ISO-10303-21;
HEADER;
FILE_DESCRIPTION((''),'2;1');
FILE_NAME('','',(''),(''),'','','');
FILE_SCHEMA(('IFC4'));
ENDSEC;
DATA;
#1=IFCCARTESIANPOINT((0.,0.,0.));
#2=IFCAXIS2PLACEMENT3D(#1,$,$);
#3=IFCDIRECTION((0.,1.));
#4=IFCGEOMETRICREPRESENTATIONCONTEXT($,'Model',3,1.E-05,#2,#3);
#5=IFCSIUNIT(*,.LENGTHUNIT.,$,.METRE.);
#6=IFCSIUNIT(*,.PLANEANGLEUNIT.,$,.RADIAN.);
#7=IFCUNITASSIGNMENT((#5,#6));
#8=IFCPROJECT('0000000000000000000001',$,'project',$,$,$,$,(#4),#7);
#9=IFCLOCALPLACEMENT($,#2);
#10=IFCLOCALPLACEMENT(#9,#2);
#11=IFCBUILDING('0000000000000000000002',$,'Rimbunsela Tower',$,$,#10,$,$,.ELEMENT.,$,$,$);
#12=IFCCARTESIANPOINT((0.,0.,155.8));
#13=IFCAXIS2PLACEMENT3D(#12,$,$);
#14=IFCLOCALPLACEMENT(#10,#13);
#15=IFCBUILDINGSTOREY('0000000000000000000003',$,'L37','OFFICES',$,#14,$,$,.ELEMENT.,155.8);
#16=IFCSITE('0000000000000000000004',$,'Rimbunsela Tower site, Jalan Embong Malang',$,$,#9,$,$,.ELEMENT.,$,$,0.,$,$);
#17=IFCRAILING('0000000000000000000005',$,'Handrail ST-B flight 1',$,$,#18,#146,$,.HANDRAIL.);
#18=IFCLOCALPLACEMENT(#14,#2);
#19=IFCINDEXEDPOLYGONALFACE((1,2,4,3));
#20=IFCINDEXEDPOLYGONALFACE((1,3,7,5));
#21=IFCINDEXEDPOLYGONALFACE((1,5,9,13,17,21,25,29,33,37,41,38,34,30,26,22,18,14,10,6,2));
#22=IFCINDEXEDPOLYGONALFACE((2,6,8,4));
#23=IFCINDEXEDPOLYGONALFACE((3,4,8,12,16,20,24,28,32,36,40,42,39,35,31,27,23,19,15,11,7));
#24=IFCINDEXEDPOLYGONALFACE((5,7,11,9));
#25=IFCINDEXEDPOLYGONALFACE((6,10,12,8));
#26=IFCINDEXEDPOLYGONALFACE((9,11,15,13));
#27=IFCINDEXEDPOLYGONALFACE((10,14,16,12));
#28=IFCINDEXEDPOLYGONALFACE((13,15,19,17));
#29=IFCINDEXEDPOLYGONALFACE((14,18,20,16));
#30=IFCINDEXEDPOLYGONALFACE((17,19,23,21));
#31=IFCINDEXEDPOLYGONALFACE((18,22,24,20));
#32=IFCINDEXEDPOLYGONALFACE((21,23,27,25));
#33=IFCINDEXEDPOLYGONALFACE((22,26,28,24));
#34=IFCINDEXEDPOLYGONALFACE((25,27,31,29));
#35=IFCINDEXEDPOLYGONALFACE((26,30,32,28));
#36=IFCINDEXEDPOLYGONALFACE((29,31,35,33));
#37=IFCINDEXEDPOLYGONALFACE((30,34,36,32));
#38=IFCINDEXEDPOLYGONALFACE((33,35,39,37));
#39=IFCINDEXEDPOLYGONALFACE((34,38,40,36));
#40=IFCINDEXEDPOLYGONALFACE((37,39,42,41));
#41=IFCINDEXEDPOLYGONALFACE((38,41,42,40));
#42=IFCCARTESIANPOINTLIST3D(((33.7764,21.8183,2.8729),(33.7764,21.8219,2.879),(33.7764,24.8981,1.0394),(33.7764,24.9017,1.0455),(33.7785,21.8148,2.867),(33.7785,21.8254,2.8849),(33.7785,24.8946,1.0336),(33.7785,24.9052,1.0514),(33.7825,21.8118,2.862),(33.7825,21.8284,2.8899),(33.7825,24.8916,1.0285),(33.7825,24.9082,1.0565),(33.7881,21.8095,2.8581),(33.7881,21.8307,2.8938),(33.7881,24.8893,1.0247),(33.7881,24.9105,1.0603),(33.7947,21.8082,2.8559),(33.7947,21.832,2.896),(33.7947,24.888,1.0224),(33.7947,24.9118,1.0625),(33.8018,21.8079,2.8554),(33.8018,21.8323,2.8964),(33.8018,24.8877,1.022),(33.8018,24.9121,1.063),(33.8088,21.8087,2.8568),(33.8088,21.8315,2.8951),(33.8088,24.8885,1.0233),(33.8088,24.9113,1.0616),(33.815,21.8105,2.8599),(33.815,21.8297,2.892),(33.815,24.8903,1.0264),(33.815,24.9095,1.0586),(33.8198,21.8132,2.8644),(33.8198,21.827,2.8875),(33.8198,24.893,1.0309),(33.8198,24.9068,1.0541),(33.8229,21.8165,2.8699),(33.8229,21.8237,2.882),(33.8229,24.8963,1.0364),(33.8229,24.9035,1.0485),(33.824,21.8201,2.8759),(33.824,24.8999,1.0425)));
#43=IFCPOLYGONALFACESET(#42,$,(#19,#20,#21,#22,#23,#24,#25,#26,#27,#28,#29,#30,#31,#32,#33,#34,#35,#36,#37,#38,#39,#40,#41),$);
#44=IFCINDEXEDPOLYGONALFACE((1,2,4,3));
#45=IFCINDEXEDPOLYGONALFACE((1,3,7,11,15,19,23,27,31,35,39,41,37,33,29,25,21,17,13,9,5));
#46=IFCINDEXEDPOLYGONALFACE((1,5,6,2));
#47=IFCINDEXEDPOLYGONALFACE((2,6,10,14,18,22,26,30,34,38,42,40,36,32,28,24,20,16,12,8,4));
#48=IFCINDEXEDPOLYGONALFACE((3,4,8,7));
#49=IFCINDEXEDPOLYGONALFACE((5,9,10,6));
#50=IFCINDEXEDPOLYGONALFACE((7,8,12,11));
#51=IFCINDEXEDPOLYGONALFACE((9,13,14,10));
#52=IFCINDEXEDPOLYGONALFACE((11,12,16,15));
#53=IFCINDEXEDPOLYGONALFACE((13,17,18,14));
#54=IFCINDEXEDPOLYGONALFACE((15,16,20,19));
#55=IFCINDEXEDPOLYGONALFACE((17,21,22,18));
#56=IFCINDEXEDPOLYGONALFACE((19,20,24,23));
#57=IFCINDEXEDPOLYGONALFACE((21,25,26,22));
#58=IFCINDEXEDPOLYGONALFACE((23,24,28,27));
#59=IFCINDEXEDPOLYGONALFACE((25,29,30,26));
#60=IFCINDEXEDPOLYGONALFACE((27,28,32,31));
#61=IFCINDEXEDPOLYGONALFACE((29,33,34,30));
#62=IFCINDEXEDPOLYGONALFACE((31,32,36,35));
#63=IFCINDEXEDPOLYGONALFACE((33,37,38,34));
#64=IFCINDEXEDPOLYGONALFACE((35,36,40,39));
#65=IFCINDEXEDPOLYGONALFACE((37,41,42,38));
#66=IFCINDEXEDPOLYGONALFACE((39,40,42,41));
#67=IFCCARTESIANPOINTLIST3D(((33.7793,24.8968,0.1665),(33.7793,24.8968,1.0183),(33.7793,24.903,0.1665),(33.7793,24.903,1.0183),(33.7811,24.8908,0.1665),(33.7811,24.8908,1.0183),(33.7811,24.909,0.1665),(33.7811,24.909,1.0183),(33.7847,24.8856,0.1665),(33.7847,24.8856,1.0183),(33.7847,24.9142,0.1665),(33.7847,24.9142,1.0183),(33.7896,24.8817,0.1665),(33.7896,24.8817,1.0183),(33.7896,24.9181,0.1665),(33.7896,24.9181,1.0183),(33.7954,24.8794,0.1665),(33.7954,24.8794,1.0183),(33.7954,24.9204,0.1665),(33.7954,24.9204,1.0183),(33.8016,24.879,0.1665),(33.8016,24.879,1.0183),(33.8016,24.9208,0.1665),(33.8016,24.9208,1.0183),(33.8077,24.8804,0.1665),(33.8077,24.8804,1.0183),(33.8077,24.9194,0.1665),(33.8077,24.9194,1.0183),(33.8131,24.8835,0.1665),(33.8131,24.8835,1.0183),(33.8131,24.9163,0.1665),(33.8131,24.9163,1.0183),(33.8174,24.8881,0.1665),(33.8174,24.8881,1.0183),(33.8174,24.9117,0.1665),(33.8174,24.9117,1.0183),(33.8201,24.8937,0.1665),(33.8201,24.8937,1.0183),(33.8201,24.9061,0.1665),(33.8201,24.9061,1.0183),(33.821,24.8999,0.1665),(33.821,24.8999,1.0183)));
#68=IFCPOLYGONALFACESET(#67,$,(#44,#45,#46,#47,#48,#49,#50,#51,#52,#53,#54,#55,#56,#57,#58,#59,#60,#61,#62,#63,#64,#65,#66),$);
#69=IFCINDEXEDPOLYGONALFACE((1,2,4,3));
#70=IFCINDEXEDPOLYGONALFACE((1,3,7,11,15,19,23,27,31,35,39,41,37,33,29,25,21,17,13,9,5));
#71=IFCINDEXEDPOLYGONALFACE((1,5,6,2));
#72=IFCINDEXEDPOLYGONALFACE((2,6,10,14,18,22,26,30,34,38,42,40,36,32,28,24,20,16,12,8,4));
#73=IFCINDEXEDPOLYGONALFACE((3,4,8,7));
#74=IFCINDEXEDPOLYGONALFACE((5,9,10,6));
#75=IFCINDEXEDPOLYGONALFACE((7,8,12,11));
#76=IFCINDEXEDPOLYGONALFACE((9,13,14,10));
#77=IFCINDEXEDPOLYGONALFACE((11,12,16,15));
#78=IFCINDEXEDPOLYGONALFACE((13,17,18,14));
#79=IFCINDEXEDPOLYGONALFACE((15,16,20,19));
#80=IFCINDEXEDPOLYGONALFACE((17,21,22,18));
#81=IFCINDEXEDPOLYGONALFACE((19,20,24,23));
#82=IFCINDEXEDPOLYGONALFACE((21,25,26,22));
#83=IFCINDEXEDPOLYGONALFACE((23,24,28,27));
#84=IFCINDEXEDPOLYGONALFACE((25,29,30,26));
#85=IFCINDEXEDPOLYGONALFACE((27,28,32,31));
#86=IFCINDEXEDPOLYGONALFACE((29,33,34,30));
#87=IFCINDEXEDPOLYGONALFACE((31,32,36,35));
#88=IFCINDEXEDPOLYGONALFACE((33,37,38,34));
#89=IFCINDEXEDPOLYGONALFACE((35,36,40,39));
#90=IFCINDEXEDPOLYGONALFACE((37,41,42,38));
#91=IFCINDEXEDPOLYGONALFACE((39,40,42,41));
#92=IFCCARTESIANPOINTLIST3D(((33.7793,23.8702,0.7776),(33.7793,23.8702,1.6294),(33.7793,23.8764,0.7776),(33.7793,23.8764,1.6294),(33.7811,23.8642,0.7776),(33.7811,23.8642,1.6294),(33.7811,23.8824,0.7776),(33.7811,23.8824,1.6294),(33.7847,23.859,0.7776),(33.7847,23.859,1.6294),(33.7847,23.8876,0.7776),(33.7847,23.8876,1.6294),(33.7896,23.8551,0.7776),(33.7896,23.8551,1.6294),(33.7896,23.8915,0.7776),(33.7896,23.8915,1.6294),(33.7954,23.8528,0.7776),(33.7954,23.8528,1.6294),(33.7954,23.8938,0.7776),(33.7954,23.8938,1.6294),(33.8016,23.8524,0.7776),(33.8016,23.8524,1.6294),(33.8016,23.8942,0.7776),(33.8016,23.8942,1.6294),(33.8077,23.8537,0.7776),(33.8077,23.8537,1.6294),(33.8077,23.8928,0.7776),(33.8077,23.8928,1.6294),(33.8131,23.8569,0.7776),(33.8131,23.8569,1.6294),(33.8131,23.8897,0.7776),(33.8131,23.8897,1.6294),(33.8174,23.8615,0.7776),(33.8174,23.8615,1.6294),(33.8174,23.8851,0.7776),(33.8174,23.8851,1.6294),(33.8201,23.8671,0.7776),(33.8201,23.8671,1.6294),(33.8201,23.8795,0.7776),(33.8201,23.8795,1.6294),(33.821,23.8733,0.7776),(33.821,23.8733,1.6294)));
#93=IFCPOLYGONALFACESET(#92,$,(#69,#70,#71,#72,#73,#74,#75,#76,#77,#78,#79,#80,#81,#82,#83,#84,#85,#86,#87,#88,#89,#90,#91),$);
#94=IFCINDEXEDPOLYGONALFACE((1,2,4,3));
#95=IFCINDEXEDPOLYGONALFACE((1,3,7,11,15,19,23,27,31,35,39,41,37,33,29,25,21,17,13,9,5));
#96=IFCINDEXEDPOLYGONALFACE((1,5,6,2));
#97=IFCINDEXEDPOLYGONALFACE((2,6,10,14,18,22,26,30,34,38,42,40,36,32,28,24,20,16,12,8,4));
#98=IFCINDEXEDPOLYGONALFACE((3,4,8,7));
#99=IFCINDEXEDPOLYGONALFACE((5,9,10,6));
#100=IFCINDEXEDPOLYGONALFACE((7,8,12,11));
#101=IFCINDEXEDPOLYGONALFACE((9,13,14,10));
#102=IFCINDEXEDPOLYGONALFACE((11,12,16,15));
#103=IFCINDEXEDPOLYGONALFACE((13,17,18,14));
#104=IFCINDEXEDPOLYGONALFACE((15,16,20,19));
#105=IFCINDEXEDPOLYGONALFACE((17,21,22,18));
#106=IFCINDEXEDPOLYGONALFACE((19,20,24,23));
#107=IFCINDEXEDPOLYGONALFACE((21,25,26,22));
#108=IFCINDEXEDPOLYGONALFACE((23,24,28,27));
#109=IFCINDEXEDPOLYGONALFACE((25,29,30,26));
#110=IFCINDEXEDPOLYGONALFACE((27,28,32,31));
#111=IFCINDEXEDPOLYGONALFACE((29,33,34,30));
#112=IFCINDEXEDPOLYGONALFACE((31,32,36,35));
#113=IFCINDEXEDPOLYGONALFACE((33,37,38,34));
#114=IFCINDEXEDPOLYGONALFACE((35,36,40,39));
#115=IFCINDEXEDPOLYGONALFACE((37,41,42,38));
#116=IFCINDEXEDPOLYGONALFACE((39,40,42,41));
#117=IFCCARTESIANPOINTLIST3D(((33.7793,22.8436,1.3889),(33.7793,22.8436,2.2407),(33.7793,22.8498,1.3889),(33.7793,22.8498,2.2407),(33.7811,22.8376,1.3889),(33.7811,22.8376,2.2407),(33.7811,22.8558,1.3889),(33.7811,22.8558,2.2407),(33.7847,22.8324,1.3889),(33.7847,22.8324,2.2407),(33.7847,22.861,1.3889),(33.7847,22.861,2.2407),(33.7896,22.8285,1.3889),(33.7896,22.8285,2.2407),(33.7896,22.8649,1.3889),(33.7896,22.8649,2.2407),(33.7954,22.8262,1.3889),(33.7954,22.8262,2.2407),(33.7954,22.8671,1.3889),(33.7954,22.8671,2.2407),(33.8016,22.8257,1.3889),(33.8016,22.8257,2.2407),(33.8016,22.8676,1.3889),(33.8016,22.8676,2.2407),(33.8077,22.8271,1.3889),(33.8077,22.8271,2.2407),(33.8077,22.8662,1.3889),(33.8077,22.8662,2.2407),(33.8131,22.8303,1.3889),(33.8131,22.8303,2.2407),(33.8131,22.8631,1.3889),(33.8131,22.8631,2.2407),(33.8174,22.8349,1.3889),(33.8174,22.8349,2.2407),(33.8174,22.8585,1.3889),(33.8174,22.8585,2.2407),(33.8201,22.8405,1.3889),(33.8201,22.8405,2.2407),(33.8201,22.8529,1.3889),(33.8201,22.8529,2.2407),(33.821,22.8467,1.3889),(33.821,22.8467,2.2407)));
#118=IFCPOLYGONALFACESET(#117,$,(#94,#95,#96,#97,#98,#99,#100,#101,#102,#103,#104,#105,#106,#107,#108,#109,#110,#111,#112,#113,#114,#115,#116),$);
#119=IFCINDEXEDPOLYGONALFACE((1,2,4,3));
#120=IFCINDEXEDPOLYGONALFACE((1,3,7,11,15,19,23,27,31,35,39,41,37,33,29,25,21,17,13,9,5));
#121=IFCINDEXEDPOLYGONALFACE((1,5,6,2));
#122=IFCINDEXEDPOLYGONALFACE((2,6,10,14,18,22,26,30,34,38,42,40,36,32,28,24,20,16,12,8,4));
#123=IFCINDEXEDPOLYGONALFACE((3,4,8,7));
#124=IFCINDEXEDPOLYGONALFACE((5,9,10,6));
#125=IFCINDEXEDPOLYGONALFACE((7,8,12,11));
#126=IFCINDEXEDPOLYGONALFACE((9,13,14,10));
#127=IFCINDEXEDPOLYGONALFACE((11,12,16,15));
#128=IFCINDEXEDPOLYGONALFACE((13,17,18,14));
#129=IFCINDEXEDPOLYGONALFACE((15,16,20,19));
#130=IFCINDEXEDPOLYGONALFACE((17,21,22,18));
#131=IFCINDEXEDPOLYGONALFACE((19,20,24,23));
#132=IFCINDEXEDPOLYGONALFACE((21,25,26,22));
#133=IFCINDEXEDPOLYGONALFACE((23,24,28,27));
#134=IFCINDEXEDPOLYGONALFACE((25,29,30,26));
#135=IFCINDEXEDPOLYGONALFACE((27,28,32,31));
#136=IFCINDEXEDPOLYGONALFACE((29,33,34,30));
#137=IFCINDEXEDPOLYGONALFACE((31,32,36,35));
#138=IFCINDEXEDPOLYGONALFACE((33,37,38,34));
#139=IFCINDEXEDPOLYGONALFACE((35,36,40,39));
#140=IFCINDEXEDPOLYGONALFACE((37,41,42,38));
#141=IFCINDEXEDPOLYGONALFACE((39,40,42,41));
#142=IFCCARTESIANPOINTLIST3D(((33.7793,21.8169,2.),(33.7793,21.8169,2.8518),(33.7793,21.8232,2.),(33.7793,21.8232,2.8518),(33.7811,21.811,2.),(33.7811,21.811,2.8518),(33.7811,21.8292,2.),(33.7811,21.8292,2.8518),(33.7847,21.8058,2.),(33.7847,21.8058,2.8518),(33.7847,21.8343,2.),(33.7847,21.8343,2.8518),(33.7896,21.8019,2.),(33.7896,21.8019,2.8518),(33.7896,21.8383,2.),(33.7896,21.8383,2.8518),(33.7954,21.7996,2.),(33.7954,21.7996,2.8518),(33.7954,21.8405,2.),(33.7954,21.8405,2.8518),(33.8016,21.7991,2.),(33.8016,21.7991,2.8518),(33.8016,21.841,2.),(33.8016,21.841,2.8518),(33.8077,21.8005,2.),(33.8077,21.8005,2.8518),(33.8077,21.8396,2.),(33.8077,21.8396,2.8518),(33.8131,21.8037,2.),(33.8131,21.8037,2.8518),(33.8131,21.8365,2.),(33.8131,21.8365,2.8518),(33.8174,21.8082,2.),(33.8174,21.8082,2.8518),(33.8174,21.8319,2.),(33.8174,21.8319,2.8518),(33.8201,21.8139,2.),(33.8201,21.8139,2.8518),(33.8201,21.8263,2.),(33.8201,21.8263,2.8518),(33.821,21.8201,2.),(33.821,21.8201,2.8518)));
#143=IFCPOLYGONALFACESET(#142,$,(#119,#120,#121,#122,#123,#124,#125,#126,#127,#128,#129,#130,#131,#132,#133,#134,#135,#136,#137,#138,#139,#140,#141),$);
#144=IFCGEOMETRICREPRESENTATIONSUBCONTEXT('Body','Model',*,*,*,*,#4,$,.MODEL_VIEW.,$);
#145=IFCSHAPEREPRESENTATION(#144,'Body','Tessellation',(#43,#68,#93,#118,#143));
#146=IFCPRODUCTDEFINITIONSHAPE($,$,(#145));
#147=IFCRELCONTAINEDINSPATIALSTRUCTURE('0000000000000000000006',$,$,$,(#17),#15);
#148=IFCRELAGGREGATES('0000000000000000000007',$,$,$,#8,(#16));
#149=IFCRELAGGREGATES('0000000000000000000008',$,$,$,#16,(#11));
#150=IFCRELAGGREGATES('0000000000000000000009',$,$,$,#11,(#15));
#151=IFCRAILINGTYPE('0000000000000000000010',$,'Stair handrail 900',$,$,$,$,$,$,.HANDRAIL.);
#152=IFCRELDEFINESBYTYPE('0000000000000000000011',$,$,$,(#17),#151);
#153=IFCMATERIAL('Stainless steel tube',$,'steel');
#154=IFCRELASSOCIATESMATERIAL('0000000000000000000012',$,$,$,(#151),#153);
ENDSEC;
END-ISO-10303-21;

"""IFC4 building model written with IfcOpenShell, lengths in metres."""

from ifc_helpers import new_model, si_unit, direction, frame, origin, origin_2d, place, context, subcontext, project, spatial, circle, extrude, material, type_object, element, save


model = new_model("IFC4")

# Units and contexts
model_context = context("Model", 3, precision=1e-05, world=origin(), true_north=direction((0.0, 1.0)))
body_context = subcontext(model_context, "Body", "Model", "MODEL_VIEW")
ifc_project = project(units=[si_unit("LENGTHUNIT", "METRE"), si_unit("PLANEANGLEUNIT", "RADIAN")], contexts=[model_context])

# Site, building, storey
site_placement = place(None, origin())
site = spatial("IfcSite", under=ifc_project, at=site_placement, Name="Rimbunsela Tower site, Jalan Embong Malang", CompositionType="ELEMENT", RefElevation=0.0)
building_placement = place(site_placement, origin())
building = spatial("IfcBuilding", under=site, at=building_placement, Name="Rimbunsela Tower", CompositionType="ELEMENT")
storey_placement = place(building_placement, frame((0.0, 0.0, 155.8)))
storey = spatial("IfcBuildingStorey", under=building, at=storey_placement, Name="L37", Description="OFFICES", CompositionType="ELEMENT", Elevation=155.8)

# Railing
ifc_material_1 = material(Name="Stainless steel tube", Category="steel")
railing_type = type_object("IfcRailingType", Name="Stair handrail 900", PredefinedType="HANDRAIL", material=ifc_material_1)
railing_1_placement = place(storey_placement, frame((33.8, 24.8999, 0.1665)))
element("IfcRailing", 1, at=railing_1_placement, inside=storey, type_object=railing_type, Name="Handrail ST-B flight 1", PredefinedType="HANDRAIL", context=body_context, shape_type="SweptSolid", body=[
    extrude(circle(Radius=0.0239, at=origin_2d()), frame((0.0, 0.0, 0.876), z_axis=(0.0, -0.859261, 0.511538), x_axis=(1.0, 0.0, 0.0)), (0.0, 0.0, 1.0), 3.5842),
    extrude(circle(Radius=0.021, at=origin_2d()), origin(), (0.0, 0.0, 1.0), 0.8518),
    extrude(circle(Radius=0.021, at=origin_2d()), frame((0.0, -1.0266, 0.6111)), (0.0, 0.0, 1.0), 0.8518),
    extrude(circle(Radius=0.021, at=origin_2d()), frame((0.0, -2.0532, 1.2224)), (0.0, 0.0, 1.0), 0.8518),
    extrude(circle(Radius=0.021, at=origin_2d()), frame((0.0, -3.0798, 1.8335)), (0.0, 0.0, 1.0), 0.8518),
])

save(model, "model.ifc")
